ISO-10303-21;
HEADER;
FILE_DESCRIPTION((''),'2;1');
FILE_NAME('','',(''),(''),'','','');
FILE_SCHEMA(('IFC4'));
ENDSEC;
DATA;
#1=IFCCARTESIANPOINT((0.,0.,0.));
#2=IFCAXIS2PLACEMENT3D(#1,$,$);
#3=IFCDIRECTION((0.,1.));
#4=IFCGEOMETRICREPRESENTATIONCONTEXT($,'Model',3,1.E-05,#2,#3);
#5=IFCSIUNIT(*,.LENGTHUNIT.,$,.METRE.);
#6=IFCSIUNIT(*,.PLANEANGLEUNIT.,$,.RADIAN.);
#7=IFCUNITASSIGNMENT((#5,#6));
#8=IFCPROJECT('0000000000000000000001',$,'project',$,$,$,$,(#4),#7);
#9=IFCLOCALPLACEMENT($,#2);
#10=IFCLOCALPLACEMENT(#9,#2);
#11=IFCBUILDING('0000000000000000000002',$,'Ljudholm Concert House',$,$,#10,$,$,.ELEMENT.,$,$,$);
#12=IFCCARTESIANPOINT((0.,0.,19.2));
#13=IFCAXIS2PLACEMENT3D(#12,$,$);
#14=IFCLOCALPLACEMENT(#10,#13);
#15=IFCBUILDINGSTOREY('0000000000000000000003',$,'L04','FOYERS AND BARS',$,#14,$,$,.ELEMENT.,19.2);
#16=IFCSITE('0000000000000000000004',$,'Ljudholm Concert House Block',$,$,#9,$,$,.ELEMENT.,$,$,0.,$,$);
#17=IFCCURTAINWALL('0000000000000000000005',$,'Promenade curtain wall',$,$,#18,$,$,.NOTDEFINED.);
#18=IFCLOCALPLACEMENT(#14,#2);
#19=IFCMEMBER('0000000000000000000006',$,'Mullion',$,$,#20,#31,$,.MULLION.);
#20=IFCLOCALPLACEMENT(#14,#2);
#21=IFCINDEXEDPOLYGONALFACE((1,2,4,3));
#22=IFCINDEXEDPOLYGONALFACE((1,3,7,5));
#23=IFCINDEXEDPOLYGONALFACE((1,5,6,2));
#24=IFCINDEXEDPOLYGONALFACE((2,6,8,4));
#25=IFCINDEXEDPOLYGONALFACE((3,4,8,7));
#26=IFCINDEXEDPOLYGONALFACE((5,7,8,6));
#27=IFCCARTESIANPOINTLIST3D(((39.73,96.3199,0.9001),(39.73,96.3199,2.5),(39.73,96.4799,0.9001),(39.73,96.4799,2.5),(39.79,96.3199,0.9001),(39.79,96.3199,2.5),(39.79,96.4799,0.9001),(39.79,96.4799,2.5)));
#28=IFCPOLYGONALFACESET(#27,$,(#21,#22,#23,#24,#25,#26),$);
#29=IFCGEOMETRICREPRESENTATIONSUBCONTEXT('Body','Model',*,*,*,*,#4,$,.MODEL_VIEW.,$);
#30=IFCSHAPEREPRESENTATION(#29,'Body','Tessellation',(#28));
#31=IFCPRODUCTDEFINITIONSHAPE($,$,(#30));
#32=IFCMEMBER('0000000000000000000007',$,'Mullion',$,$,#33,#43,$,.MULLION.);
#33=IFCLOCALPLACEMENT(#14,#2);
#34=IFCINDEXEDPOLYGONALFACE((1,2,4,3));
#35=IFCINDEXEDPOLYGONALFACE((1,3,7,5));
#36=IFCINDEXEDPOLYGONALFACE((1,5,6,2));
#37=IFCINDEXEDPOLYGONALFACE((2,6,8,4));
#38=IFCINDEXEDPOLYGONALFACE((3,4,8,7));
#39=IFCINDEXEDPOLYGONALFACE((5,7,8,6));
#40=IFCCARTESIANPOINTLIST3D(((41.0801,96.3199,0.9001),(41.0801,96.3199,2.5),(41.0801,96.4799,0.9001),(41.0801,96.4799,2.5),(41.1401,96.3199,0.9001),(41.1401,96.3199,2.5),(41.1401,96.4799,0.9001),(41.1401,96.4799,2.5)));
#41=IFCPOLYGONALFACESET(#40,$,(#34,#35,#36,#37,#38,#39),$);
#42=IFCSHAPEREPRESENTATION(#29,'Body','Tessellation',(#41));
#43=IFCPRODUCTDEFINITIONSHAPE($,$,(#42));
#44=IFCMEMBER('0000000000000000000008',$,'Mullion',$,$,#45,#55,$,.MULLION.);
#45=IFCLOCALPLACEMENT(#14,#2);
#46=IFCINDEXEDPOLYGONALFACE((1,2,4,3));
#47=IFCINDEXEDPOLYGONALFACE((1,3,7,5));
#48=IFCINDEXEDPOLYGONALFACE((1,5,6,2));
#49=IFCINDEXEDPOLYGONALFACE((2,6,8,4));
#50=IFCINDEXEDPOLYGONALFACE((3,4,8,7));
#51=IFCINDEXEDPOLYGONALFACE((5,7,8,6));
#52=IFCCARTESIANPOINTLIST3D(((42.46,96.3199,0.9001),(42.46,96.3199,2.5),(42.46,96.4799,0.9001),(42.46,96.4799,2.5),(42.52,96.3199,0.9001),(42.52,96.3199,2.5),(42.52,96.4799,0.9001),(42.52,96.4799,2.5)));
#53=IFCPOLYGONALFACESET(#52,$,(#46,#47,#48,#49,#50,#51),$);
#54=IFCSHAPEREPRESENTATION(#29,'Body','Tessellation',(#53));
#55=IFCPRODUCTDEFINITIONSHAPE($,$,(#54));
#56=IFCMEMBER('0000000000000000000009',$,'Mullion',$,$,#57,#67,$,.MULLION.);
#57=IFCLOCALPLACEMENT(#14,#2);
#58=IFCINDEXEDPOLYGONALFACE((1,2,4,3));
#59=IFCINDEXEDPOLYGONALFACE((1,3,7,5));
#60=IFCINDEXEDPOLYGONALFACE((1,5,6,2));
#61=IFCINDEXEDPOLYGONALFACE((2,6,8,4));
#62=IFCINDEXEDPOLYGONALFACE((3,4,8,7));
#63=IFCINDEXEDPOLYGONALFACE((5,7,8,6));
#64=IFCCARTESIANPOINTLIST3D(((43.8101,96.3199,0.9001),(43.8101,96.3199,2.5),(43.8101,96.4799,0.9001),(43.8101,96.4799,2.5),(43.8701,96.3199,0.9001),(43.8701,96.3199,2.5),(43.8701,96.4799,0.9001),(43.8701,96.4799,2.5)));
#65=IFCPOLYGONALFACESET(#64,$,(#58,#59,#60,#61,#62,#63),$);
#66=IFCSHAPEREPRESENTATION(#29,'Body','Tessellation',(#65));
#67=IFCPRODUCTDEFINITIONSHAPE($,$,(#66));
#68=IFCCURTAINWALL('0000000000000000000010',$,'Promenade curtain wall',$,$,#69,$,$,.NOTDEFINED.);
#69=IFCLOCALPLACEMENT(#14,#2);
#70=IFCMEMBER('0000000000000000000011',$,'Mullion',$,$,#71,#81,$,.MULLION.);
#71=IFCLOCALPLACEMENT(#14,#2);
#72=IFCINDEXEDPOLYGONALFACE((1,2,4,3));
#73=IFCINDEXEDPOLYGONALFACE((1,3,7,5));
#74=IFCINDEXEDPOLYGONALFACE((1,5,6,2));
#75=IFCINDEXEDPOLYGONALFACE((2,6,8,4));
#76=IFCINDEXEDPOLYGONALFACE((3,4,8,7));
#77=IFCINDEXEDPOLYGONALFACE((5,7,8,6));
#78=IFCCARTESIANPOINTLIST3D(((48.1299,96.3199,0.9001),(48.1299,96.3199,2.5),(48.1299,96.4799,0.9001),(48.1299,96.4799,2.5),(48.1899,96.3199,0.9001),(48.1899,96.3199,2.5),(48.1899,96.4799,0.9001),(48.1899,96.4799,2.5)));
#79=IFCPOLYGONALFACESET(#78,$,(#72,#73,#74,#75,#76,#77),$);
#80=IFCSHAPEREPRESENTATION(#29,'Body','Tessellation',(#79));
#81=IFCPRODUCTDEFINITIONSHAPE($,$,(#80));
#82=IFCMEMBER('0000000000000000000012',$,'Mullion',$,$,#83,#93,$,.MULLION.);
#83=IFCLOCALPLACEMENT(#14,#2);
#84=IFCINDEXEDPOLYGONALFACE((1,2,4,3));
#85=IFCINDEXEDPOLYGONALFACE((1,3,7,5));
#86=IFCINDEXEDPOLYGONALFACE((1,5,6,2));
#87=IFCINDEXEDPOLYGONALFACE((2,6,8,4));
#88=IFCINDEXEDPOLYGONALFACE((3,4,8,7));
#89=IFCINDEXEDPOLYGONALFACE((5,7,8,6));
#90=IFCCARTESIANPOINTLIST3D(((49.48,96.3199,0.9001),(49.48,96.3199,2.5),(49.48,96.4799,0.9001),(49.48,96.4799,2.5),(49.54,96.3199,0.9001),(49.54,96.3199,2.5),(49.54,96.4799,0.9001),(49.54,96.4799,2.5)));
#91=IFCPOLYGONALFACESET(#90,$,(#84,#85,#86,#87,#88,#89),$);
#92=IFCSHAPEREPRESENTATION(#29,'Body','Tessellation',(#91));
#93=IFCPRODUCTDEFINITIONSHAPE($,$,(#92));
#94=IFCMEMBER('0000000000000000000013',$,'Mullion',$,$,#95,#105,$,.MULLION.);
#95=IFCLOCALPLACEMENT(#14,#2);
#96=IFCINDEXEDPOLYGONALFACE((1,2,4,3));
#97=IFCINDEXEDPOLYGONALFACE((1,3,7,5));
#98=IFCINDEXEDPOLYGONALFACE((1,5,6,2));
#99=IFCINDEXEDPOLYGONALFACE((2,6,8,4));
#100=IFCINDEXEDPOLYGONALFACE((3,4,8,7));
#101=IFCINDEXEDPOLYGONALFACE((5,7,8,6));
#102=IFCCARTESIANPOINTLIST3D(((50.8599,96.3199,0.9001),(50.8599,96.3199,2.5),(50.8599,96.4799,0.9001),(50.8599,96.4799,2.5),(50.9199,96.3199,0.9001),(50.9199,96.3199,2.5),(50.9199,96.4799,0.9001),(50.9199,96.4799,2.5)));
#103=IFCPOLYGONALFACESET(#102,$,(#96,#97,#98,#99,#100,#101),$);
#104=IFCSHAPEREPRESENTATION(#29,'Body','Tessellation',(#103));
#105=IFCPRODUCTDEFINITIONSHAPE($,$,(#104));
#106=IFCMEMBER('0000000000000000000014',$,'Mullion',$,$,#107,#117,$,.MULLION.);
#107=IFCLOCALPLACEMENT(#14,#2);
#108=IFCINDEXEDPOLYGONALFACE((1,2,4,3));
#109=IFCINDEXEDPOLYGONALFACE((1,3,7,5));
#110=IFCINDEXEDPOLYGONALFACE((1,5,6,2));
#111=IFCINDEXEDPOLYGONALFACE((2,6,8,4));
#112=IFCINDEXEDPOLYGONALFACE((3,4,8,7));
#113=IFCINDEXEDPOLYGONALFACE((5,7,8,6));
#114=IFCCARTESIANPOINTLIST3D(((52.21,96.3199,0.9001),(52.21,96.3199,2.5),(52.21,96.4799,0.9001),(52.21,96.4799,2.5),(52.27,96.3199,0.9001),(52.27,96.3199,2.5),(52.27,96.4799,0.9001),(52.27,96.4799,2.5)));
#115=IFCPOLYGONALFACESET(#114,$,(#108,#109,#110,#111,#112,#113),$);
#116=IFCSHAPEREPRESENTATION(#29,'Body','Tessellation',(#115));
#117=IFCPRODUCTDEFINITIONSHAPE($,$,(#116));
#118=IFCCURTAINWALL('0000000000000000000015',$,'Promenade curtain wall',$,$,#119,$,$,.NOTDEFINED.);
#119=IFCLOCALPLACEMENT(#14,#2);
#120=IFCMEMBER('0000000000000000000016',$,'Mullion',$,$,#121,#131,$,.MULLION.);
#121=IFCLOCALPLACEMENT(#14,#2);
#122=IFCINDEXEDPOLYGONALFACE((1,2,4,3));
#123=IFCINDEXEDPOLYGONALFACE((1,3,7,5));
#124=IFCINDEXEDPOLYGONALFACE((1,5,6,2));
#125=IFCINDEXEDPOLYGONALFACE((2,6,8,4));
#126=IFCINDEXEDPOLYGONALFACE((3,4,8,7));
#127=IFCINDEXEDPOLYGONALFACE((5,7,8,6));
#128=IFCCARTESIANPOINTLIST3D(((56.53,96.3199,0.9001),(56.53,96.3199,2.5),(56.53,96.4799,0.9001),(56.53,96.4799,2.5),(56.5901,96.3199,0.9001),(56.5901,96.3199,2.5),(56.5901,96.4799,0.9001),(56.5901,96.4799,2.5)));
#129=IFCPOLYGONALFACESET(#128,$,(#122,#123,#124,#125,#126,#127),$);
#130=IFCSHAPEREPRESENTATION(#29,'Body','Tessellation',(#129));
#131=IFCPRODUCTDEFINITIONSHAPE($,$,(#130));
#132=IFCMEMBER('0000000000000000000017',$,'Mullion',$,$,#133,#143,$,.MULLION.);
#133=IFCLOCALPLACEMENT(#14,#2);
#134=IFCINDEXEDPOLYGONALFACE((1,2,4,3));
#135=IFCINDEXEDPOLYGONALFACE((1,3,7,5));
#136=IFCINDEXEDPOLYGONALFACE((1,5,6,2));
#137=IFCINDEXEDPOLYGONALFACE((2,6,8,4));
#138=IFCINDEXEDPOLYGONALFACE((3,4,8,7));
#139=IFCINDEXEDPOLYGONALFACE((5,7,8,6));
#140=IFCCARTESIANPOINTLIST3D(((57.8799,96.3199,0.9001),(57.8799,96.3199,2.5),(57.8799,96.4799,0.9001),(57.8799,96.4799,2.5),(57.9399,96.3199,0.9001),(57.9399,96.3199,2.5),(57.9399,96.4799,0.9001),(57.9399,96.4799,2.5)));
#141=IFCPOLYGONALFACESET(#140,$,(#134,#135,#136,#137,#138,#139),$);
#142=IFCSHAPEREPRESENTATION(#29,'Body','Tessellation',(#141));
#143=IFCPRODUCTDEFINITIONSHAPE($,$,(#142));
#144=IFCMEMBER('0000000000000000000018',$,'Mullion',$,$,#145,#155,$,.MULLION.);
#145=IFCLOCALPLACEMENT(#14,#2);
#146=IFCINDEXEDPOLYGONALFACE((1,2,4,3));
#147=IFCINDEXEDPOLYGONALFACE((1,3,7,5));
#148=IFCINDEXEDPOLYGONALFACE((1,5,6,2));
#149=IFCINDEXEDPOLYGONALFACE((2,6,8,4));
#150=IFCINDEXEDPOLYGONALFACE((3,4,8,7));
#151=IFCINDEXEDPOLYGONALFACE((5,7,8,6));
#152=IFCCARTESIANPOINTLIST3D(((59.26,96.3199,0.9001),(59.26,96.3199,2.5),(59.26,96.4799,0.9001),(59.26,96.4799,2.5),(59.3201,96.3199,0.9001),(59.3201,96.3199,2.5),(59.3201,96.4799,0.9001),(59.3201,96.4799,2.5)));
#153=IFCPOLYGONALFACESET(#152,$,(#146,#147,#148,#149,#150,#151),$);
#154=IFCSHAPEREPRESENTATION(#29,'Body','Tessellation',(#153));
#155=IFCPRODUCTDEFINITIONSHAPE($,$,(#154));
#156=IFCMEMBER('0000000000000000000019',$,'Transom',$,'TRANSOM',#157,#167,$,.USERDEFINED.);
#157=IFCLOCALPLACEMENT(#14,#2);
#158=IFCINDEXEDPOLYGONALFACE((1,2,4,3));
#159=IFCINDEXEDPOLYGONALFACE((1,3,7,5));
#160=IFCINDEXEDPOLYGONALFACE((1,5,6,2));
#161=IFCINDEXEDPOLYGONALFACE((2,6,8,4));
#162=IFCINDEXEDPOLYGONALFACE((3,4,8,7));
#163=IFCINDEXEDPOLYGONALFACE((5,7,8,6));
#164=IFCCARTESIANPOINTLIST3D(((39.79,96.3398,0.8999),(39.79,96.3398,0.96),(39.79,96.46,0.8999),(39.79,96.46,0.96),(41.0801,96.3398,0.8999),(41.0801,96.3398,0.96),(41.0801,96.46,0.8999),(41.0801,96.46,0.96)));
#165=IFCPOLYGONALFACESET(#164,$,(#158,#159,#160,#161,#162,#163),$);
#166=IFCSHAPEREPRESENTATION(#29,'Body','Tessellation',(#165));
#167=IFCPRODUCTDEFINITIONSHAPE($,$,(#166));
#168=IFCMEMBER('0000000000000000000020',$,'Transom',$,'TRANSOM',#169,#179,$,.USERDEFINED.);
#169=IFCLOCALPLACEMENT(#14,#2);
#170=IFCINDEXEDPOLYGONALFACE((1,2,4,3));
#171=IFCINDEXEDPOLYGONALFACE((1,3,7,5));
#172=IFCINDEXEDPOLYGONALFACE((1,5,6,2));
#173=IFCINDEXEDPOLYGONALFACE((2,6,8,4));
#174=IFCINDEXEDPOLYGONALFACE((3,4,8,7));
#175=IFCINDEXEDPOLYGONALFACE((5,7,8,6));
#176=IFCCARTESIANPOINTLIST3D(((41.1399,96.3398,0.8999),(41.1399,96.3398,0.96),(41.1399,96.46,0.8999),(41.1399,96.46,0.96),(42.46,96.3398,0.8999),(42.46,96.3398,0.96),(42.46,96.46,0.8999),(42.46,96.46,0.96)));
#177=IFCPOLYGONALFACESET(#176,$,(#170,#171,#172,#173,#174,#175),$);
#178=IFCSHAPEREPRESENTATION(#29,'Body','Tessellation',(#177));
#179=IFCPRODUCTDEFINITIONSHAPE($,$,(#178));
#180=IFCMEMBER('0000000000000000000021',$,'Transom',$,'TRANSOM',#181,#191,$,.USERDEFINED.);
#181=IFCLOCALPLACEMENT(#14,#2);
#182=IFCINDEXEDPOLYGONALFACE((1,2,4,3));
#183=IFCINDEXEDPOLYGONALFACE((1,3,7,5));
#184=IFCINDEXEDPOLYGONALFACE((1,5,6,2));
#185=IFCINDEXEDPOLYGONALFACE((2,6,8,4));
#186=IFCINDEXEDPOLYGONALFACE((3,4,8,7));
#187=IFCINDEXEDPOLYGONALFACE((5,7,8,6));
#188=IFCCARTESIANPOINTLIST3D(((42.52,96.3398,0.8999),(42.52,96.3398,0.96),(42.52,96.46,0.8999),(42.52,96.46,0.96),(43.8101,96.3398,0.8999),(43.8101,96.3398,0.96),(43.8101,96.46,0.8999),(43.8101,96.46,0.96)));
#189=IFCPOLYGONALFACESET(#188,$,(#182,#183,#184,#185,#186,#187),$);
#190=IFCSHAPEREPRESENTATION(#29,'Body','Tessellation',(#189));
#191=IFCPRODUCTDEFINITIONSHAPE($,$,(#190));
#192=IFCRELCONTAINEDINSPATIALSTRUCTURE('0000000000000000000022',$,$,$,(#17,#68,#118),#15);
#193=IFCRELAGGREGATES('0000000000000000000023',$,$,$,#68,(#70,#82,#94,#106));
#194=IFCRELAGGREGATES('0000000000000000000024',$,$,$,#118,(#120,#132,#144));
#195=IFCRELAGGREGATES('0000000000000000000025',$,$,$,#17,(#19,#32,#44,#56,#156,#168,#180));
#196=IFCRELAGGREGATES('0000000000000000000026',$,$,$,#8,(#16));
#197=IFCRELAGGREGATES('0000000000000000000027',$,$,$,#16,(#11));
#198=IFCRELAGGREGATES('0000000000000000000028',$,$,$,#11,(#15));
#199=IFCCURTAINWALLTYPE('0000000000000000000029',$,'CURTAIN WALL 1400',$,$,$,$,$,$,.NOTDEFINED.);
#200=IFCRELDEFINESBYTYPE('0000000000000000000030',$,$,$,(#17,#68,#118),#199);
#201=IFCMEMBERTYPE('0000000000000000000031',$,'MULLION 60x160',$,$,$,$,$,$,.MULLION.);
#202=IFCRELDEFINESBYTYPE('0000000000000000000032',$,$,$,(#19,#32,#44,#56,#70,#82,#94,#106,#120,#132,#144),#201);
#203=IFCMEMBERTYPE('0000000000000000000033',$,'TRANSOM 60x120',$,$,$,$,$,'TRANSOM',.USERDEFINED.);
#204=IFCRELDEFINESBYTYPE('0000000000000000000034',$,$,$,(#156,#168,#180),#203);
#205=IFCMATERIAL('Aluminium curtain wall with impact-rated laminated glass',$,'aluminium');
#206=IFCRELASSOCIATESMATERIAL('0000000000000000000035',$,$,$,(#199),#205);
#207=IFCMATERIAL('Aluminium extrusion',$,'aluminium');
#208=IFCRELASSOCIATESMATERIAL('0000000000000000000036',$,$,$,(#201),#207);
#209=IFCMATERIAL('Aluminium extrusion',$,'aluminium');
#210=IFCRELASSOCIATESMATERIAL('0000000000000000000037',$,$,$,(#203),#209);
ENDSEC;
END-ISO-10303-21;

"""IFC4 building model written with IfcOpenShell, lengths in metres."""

from ifc_helpers import new_model, si_unit, direction, frame, origin, origin_2d, place, context, subcontext, project, spatial, rectangle, extrude, material, material_profile, profile_set, type_object, element, aggregate, save


model = new_model("IFC4")

# Units and contexts
model_context = context("Model", 3, precision=1e-05, world=origin(), true_north=direction((0.0, 1.0)))
body_context = subcontext(model_context, "Body", "Model", "MODEL_VIEW")
ifc_project = project(units=[si_unit("LENGTHUNIT", "METRE"), si_unit("PLANEANGLEUNIT", "RADIAN")], contexts=[model_context])

# Site, building, storey
site_placement = place(None, origin())
site = spatial("IfcSite", under=ifc_project, at=site_placement, Name="Ljudholm Concert House Block", CompositionType="ELEMENT", RefElevation=0.0)
building_placement = place(site_placement, origin())
building = spatial("IfcBuilding", under=site, at=building_placement, Name="Ljudholm Concert House", CompositionType="ELEMENT")
storey_placement = place(building_placement, frame((0.0, 0.0, 19.2)))
storey = spatial("IfcBuildingStorey", under=building, at=storey_placement, Name="L04", Description="FOYERS AND BARS", CompositionType="ELEMENT", Elevation=19.2)

# Curtain walls, members
ifc_material_1 = material(Name="Aluminium curtain wall with impact-rated laminated glass", Category="aluminium")
curtain_wall_type = type_object("IfcCurtainWallType", Name="CURTAIN WALL 1400", PredefinedType="NOTDEFINED", material=ifc_material_1)
curtain_wall_1_placement = place(storey_placement, origin())
curtain_wall_1 = element("IfcCurtainWall", 1, at=curtain_wall_1_placement, inside=storey, type_object=curtain_wall_type, Name="Promenade curtain wall", PredefinedType="NOTDEFINED")
ifc_material_2 = material(Name="Aluminium extrusion", Category="aluminium")
ifc_material_profile_1 = material_profile(ifc_material_2, rectangle(XDim=0.1599, YDim=0.0601, at=origin_2d()), Name="MULLION 60x160")
ifc_profile_set_1 = profile_set([ifc_material_profile_1], Name="Aluminium extrusion")
member_type_1 = type_object("IfcMemberType", Name="MULLION 60x160", PredefinedType="MULLION", material=ifc_profile_set_1)
member_1_placement = place(storey_placement, frame((39.76, 96.3999, 0.9001), z_axis=(0.0, 0.0, 1.0), x_axis=(0.0, 1.0, 0.0)))
member_1 = element("IfcMember", 2, at=member_1_placement, type_object=member_type_1, Name="Mullion", PredefinedType="MULLION", context=body_context, shape_type="SweptSolid", body=[
    extrude(rectangle(XDim=0.1599, YDim=0.0601, at=origin_2d()), origin(), (0.0, 0.0, 1.0), 1.5999),
])
member_2_placement = place(storey_placement, frame((41.1101, 96.3999, 0.9001), z_axis=(0.0, 0.0, 1.0), x_axis=(0.0, 1.0, 0.0)))
member_2 = element("IfcMember", 3, at=member_2_placement, type_object=member_type_1, Name="Mullion", PredefinedType="MULLION", context=body_context, shape_type="SweptSolid", body=[
    extrude(rectangle(XDim=0.1599, YDim=0.0601, at=origin_2d()), origin(), (0.0, 0.0, 1.0), 1.5999),
])
member_3_placement = place(storey_placement, frame((42.49, 96.3999, 0.9001), z_axis=(0.0, 0.0, 1.0), x_axis=(0.0, 1.0, 0.0)))
member_3 = element("IfcMember", 4, at=member_3_placement, type_object=member_type_1, Name="Mullion", PredefinedType="MULLION", context=body_context, shape_type="SweptSolid", body=[
    extrude(rectangle(XDim=0.1599, YDim=0.0601, at=origin_2d()), origin(), (0.0, 0.0, 1.0), 1.5999),
])
member_4_placement = place(storey_placement, frame((43.8401, 96.3999, 0.9001), z_axis=(0.0, 0.0, 1.0), x_axis=(0.0, 1.0, 0.0)))
member_4 = element("IfcMember", 5, at=member_4_placement, type_object=member_type_1, Name="Mullion", PredefinedType="MULLION", context=body_context, shape_type="SweptSolid", body=[
    extrude(rectangle(XDim=0.1599, YDim=0.0601, at=origin_2d()), origin(), (0.0, 0.0, 1.0), 1.5999),
])
curtain_wall_2_placement = place(storey_placement, origin())
curtain_wall_2 = element("IfcCurtainWall", 6, at=curtain_wall_2_placement, inside=storey, type_object=curtain_wall_type, Name="Promenade curtain wall", PredefinedType="NOTDEFINED")
member_5_placement = place(storey_placement, frame((48.1599, 96.3999, 0.9001), z_axis=(0.0, 0.0, 1.0), x_axis=(0.0, 1.0, 0.0)))
member_5 = element("IfcMember", 7, at=member_5_placement, type_object=member_type_1, Name="Mullion", PredefinedType="MULLION", context=body_context, shape_type="SweptSolid", body=[
    extrude(rectangle(XDim=0.1599, YDim=0.0601, at=origin_2d()), origin(), (0.0, 0.0, 1.0), 1.5999),
])
member_6_placement = place(storey_placement, frame((49.51, 96.3999, 0.9001), z_axis=(0.0, 0.0, 1.0), x_axis=(0.0, 1.0, 0.0)))
member_6 = element("IfcMember", 8, at=member_6_placement, type_object=member_type_1, Name="Mullion", PredefinedType="MULLION", context=body_context, shape_type="SweptSolid", body=[
    extrude(rectangle(XDim=0.1599, YDim=0.0601, at=origin_2d()), origin(), (0.0, 0.0, 1.0), 1.5999),
])
member_7_placement = place(storey_placement, frame((50.8899, 96.3999, 0.9001), z_axis=(0.0, 0.0, 1.0), x_axis=(0.0, 1.0, 0.0)))
member_7 = element("IfcMember", 9, at=member_7_placement, type_object=member_type_1, Name="Mullion", PredefinedType="MULLION", context=body_context, shape_type="SweptSolid", body=[
    extrude(rectangle(XDim=0.1599, YDim=0.0601, at=origin_2d()), origin(), (0.0, 0.0, 1.0), 1.5999),
])
member_8_placement = place(storey_placement, frame((52.24, 96.3999, 0.9001), z_axis=(0.0, 0.0, 1.0), x_axis=(0.0, 1.0, 0.0)))
member_8 = element("IfcMember", 10, at=member_8_placement, type_object=member_type_1, Name="Mullion", PredefinedType="MULLION", context=body_context, shape_type="SweptSolid", body=[
    extrude(rectangle(XDim=0.1599, YDim=0.0601, at=origin_2d()), origin(), (0.0, 0.0, 1.0), 1.5999),
])
aggregate(curtain_wall_2, [member_5, member_6, member_7, member_8])
curtain_wall_3_placement = place(storey_placement, origin())
curtain_wall_3 = element("IfcCurtainWall", 11, at=curtain_wall_3_placement, inside=storey, type_object=curtain_wall_type, Name="Promenade curtain wall", PredefinedType="NOTDEFINED")
member_9_placement = place(storey_placement, frame((56.5601, 96.3999, 0.9001), z_axis=(0.0, 0.0, 1.0), x_axis=(0.0, 1.0, 0.0)))
member_9 = element("IfcMember", 12, at=member_9_placement, type_object=member_type_1, Name="Mullion", PredefinedType="MULLION", context=body_context, shape_type="SweptSolid", body=[
    extrude(rectangle(XDim=0.1599, YDim=0.0601, at=origin_2d()), origin(), (0.0, 0.0, 1.0), 1.5999),
])
member_10_placement = place(storey_placement, frame((57.9099, 96.3999, 0.9001), z_axis=(0.0, 0.0, 1.0), x_axis=(0.0, 1.0, 0.0)))
member_10 = element("IfcMember", 13, at=member_10_placement, type_object=member_type_1, Name="Mullion", PredefinedType="MULLION", context=body_context, shape_type="SweptSolid", body=[
    extrude(rectangle(XDim=0.1599, YDim=0.0601, at=origin_2d()), origin(), (0.0, 0.0, 1.0), 1.5999),
])
member_11_placement = place(storey_placement, frame((59.29, 96.3999, 0.9001), z_axis=(0.0, 0.0, 1.0), x_axis=(0.0, 1.0, 0.0)))
member_11 = element("IfcMember", 14, at=member_11_placement, type_object=member_type_1, Name="Mullion", PredefinedType="MULLION", context=body_context, shape_type="SweptSolid", body=[
    extrude(rectangle(XDim=0.1599, YDim=0.0601, at=origin_2d()), origin(), (0.0, 0.0, 1.0), 1.5999),
])
aggregate(curtain_wall_3, [member_9, member_10, member_11])

# Members
ifc_material_3 = material(Name="Aluminium extrusion", Category="aluminium")
ifc_material_profile_2 = material_profile(ifc_material_3, rectangle(XDim=0.1201, YDim=0.0601, at=origin_2d()), Name="TRANSOM 60x120")
ifc_profile_set_2 = profile_set([ifc_material_profile_2], Name="Aluminium extrusion")
member_type_2 = type_object("IfcMemberType", Name="TRANSOM 60x120", ElementType="TRANSOM", PredefinedType="USERDEFINED", material=ifc_profile_set_2)
member_12_placement = place(storey_placement, frame((39.79, 96.3999, 0.9299), z_axis=(1.0, 0.0, 0.0), x_axis=(0.0, 1.0, 0.0)))
member_12 = element("IfcMember", 15, at=member_12_placement, type_object=member_type_2, Name="Transom", ObjectType="TRANSOM", PredefinedType="USERDEFINED", context=body_context, shape_type="SweptSolid", body=[
    extrude(rectangle(XDim=0.1201, YDim=0.0601, at=origin_2d()), origin(), (0.0, 0.0, 1.0), 1.29),
])
member_13_placement = place(storey_placement, frame((41.1399, 96.3999, 0.9299), z_axis=(1.0, 0.0, 0.0), x_axis=(0.0, 1.0, 0.0)))
member_13 = element("IfcMember", 16, at=member_13_placement, type_object=member_type_2, Name="Transom", ObjectType="TRANSOM", PredefinedType="USERDEFINED", context=body_context, shape_type="SweptSolid", body=[
    extrude(rectangle(XDim=0.1201, YDim=0.0601, at=origin_2d()), origin(), (0.0, 0.0, 1.0), 1.3201),
])
member_14_placement = place(storey_placement, frame((42.52, 96.3999, 0.9299), z_axis=(1.0, 0.0, 0.0), x_axis=(0.0, 1.0, 0.0)))
member_14 = element("IfcMember", 17, at=member_14_placement, type_object=member_type_2, Name="Transom", ObjectType="TRANSOM", PredefinedType="USERDEFINED", context=body_context, shape_type="SweptSolid", body=[
    extrude(rectangle(XDim=0.1201, YDim=0.0601, at=origin_2d()), origin(), (0.0, 0.0, 1.0), 1.29),
])
aggregate(curtain_wall_1, [member_1, member_2, member_3, member_4, member_12, member_13, member_14])

save(model, "model.ifc")
